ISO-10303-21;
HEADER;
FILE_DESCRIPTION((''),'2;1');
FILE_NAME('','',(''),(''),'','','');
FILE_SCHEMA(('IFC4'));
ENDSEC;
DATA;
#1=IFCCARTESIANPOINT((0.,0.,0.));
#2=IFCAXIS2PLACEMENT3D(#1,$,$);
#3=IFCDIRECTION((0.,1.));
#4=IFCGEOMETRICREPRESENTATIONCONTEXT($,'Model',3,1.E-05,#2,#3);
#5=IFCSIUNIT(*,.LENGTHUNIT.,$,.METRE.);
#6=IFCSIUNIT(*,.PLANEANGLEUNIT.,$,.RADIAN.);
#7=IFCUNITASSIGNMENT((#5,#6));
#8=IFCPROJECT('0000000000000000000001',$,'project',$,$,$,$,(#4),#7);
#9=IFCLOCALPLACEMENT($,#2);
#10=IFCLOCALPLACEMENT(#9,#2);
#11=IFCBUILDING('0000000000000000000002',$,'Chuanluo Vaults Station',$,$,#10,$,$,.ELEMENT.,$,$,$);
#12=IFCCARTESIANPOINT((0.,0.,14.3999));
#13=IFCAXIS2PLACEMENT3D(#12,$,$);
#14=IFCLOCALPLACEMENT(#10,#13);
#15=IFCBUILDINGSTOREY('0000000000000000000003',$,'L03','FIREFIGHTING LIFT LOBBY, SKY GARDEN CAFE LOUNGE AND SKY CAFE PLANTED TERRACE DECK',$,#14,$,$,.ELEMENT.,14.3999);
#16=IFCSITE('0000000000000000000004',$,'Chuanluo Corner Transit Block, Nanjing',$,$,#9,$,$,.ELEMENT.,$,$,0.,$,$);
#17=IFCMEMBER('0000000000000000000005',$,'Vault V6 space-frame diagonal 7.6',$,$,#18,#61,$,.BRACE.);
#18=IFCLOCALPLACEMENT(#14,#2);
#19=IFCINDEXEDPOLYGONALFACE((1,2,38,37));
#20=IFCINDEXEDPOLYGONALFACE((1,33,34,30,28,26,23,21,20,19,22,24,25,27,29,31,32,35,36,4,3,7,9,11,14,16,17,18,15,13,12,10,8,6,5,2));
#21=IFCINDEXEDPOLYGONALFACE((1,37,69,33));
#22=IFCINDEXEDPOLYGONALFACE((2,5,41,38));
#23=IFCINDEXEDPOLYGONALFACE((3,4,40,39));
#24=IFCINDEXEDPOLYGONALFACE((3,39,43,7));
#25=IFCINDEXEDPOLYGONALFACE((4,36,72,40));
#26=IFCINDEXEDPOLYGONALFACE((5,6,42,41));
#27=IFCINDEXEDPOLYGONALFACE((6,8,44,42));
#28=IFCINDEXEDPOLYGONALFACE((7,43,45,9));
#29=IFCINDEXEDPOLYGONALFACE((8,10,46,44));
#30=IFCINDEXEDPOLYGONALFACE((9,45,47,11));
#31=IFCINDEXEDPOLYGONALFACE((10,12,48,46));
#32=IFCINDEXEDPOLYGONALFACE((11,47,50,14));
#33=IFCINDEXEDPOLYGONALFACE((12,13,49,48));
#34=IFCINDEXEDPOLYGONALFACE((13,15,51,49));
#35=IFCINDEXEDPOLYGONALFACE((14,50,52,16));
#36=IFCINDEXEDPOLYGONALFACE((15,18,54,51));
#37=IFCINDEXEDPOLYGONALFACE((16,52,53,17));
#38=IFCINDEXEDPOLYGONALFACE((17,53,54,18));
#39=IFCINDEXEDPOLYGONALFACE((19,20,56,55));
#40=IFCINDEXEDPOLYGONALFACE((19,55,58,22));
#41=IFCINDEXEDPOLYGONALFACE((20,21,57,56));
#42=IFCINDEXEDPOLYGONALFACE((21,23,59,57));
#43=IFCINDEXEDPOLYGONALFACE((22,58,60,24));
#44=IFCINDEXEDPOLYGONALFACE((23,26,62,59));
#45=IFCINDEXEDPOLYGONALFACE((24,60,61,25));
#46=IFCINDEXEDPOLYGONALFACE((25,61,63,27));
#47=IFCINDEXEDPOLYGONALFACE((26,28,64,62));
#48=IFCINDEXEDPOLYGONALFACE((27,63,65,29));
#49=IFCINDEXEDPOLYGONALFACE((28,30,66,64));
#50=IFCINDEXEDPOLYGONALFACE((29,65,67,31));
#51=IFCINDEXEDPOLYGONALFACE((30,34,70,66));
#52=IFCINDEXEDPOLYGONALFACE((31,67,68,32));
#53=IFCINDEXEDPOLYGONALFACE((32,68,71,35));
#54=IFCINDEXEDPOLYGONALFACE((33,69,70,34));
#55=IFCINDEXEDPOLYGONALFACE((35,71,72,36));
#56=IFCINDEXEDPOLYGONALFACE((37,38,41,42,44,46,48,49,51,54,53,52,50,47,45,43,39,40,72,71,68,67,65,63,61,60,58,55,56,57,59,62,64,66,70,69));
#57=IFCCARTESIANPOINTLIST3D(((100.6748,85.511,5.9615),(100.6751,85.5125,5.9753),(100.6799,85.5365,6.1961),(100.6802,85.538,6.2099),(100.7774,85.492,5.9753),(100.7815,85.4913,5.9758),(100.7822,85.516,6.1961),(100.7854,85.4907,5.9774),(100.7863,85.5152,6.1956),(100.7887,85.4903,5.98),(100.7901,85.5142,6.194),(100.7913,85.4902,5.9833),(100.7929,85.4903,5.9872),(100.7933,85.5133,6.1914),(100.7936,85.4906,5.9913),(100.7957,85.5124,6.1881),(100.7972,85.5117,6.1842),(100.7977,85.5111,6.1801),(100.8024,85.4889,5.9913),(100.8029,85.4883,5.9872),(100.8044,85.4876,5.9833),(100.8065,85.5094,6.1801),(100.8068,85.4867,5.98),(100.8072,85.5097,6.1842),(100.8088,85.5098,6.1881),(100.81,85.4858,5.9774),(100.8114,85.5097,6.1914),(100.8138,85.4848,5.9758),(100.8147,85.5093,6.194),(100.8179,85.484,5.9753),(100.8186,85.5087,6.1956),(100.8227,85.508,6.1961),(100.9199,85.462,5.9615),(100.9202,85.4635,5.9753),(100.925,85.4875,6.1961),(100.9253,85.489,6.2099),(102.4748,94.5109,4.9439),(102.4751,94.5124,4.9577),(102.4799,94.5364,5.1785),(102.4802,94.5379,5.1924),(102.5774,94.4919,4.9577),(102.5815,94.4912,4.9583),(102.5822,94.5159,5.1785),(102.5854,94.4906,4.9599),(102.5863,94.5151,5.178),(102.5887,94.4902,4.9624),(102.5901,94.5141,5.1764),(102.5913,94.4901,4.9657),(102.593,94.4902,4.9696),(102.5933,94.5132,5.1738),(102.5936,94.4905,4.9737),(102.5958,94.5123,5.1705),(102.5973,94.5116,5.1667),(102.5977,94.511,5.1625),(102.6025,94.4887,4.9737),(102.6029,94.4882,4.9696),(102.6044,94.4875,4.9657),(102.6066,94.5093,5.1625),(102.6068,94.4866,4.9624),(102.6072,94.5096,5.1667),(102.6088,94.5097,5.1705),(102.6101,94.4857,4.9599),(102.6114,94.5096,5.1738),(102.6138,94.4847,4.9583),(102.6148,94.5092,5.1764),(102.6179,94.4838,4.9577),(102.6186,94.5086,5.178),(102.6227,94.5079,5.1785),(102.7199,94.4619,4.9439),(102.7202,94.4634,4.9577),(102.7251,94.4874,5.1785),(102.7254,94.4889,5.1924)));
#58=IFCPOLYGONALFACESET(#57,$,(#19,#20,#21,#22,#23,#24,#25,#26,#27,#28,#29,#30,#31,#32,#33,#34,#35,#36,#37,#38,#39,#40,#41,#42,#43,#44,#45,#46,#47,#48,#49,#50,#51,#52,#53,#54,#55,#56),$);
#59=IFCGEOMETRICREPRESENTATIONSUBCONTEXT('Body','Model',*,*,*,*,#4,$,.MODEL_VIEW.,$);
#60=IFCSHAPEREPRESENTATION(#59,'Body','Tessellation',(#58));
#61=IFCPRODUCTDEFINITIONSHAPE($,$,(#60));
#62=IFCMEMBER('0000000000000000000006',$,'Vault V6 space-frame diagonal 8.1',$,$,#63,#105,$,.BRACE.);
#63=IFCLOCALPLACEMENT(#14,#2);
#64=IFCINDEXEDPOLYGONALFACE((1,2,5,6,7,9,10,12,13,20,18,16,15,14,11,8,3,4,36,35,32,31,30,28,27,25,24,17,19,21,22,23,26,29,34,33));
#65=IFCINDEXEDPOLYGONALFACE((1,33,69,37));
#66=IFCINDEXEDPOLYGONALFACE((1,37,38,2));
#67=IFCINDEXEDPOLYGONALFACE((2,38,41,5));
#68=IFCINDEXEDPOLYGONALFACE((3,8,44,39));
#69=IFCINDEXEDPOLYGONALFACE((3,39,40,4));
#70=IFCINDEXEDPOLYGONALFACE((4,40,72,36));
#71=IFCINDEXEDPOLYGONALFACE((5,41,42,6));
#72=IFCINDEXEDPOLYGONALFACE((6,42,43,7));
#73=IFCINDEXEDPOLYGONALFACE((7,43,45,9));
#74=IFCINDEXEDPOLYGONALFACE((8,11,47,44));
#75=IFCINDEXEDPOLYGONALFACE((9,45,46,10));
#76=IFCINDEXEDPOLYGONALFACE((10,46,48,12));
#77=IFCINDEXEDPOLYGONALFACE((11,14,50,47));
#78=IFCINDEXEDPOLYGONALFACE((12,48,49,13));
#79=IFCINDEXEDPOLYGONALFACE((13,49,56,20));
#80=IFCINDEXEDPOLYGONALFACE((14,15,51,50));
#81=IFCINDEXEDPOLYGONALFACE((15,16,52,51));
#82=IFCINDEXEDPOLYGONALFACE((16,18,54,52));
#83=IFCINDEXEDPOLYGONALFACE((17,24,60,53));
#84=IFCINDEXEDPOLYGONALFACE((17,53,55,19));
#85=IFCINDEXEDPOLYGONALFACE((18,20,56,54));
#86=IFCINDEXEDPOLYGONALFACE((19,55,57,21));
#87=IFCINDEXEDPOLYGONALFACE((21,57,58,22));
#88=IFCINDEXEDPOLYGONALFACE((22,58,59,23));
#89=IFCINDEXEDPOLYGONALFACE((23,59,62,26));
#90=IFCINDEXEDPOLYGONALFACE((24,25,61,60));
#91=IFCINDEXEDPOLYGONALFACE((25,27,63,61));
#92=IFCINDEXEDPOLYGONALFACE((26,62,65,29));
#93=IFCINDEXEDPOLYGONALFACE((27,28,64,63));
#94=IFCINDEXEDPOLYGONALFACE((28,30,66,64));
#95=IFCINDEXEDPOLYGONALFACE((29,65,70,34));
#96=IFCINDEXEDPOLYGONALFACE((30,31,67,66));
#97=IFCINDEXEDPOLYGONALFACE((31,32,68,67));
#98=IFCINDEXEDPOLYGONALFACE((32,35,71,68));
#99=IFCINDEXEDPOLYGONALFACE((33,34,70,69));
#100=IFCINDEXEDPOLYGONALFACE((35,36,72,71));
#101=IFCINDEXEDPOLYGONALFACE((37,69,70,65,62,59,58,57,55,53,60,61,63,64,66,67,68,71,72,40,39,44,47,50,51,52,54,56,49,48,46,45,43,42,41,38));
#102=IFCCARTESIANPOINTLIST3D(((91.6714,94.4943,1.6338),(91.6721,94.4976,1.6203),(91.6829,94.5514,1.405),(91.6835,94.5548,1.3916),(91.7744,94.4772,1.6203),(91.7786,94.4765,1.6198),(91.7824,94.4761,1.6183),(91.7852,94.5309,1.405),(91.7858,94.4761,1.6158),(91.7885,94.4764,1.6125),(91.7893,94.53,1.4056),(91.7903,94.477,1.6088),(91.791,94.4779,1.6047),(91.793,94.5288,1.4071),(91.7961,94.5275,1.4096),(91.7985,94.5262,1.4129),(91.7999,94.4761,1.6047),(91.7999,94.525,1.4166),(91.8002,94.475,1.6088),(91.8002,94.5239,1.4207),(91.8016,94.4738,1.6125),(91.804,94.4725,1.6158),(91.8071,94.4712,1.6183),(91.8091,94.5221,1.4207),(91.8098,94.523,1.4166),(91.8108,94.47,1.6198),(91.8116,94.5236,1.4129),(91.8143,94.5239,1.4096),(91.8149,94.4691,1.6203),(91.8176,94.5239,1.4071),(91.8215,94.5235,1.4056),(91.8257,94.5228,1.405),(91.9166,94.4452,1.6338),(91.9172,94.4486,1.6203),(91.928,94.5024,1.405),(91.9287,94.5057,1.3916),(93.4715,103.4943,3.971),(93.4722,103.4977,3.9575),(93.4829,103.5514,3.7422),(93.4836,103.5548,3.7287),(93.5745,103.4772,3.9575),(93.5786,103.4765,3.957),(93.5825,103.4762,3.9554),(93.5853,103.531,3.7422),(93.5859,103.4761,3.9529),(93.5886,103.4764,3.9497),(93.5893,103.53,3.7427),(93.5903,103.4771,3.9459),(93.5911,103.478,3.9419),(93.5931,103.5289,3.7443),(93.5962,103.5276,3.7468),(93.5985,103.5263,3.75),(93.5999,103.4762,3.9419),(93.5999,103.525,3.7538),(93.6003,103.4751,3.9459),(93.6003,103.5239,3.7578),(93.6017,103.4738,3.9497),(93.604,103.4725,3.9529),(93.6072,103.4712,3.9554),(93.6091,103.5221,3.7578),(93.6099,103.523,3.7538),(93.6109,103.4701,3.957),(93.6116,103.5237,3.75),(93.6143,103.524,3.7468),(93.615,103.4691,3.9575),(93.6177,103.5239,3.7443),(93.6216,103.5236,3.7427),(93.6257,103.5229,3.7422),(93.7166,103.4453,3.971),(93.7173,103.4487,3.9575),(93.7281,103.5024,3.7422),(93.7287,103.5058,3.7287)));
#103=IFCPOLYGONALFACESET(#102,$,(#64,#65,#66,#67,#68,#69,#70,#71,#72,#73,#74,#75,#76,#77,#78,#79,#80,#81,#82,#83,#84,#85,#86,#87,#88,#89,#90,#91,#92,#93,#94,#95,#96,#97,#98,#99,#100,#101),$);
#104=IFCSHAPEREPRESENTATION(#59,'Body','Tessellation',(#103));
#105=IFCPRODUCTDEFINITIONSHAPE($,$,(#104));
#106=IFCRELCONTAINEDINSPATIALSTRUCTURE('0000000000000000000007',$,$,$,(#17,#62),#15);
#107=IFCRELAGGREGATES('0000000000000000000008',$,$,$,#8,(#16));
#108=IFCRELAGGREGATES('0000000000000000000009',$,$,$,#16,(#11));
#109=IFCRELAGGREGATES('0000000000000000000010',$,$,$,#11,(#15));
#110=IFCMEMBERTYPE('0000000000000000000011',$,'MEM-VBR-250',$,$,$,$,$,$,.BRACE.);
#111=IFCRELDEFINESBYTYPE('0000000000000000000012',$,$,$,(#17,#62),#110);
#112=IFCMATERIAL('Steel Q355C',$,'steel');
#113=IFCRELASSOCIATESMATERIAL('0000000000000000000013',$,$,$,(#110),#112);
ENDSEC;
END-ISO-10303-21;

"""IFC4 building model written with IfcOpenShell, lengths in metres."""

from ifc_helpers import new_model, si_unit, direction, frame, origin, origin_2d, place, context, subcontext, project, spatial, i_section, extrude, material, material_profile, profile_set, type_object, element, save


model = new_model("IFC4")

# Units and contexts
model_context = context("Model", 3, precision=1e-05, world=origin(), true_north=direction((0.0, 1.0)))
body_context = subcontext(model_context, "Body", "Model", "MODEL_VIEW")
ifc_project = project(units=[si_unit("LENGTHUNIT", "METRE"), si_unit("PLANEANGLEUNIT", "RADIAN")], contexts=[model_context])

# Site, building, storey
site_placement = place(None, origin())
site = spatial("IfcSite", under=ifc_project, at=site_placement, Name="Chuanluo Corner Transit Block, Nanjing", CompositionType="ELEMENT", RefElevation=0.0)
building_placement = place(site_placement, origin())
building = spatial("IfcBuilding", under=site, at=building_placement, Name="Chuanluo Vaults Station", CompositionType="ELEMENT")
storey_placement = place(building_placement, frame((0.0, 0.0, 14.3999)))
storey = spatial("IfcBuildingStorey", under=building, at=storey_placement, Name="L03", Description="FIREFIGHTING LIFT LOBBY, SKY GARDEN CAFE LOUNGE AND SKY CAFE PLANTED TERRACE DECK", CompositionType="ELEMENT", Elevation=14.3999)

# Members
ifc_material_1 = material(Name="Steel Q355C", Category="steel")
ifc_material_profile_1 = material_profile(ifc_material_1, i_section(OverallWidth=0.25, OverallDepth=0.25, WebThickness=0.009, FlangeThickness=0.0139, FilletRadius=0.0161, at=origin_2d()))
ifc_profile_set_1 = profile_set([ifc_material_profile_1], Name="Steel Q355C")
member_type_1 = type_object("IfcMemberType", Name="MEM-VBR-250", PredefinedType="BRACE", material=ifc_profile_set_1)
member_1_placement = place(storey_placement, frame((100.8, 85.5, 6.0857), z_axis=(0.194927, 0.974608, -0.110193), x_axis=(-0.98058, 0.196121, 0.0)))
element("IfcMember", 1, at=member_1_placement, inside=storey, type_object=member_type_1, Name="Vault V6 space-frame diagonal 7.6", PredefinedType="BRACE", context=body_context, shape_type="SweptSolid", body=[
    extrude(i_section(OverallWidth=0.25, OverallDepth=0.25, WebThickness=0.009, FlangeThickness=0.0139, FilletRadius=0.0161, at=origin_2d()), origin(), (0.0, 0.0, 1.0), 9.2344),
])
member_2_placement = place(storey_placement, frame((91.8, 94.5, 1.5127), z_axis=(0.190056, 0.950255, 0.246766), x_axis=(-0.98058, 0.196121, 0.0)))
element("IfcMember", 2, at=member_2_placement, inside=storey, type_object=member_type_1, Name="Vault V6 space-frame diagonal 8.1", PredefinedType="BRACE", context=body_context, shape_type="SweptSolid", body=[
    extrude(i_section(OverallWidth=0.25, OverallDepth=0.25, WebThickness=0.009, FlangeThickness=0.0139, FilletRadius=0.0161, at=origin_2d()), origin(), (0.0, 0.0, 1.0), 9.4712),
])

save(model, "model.ifc")
